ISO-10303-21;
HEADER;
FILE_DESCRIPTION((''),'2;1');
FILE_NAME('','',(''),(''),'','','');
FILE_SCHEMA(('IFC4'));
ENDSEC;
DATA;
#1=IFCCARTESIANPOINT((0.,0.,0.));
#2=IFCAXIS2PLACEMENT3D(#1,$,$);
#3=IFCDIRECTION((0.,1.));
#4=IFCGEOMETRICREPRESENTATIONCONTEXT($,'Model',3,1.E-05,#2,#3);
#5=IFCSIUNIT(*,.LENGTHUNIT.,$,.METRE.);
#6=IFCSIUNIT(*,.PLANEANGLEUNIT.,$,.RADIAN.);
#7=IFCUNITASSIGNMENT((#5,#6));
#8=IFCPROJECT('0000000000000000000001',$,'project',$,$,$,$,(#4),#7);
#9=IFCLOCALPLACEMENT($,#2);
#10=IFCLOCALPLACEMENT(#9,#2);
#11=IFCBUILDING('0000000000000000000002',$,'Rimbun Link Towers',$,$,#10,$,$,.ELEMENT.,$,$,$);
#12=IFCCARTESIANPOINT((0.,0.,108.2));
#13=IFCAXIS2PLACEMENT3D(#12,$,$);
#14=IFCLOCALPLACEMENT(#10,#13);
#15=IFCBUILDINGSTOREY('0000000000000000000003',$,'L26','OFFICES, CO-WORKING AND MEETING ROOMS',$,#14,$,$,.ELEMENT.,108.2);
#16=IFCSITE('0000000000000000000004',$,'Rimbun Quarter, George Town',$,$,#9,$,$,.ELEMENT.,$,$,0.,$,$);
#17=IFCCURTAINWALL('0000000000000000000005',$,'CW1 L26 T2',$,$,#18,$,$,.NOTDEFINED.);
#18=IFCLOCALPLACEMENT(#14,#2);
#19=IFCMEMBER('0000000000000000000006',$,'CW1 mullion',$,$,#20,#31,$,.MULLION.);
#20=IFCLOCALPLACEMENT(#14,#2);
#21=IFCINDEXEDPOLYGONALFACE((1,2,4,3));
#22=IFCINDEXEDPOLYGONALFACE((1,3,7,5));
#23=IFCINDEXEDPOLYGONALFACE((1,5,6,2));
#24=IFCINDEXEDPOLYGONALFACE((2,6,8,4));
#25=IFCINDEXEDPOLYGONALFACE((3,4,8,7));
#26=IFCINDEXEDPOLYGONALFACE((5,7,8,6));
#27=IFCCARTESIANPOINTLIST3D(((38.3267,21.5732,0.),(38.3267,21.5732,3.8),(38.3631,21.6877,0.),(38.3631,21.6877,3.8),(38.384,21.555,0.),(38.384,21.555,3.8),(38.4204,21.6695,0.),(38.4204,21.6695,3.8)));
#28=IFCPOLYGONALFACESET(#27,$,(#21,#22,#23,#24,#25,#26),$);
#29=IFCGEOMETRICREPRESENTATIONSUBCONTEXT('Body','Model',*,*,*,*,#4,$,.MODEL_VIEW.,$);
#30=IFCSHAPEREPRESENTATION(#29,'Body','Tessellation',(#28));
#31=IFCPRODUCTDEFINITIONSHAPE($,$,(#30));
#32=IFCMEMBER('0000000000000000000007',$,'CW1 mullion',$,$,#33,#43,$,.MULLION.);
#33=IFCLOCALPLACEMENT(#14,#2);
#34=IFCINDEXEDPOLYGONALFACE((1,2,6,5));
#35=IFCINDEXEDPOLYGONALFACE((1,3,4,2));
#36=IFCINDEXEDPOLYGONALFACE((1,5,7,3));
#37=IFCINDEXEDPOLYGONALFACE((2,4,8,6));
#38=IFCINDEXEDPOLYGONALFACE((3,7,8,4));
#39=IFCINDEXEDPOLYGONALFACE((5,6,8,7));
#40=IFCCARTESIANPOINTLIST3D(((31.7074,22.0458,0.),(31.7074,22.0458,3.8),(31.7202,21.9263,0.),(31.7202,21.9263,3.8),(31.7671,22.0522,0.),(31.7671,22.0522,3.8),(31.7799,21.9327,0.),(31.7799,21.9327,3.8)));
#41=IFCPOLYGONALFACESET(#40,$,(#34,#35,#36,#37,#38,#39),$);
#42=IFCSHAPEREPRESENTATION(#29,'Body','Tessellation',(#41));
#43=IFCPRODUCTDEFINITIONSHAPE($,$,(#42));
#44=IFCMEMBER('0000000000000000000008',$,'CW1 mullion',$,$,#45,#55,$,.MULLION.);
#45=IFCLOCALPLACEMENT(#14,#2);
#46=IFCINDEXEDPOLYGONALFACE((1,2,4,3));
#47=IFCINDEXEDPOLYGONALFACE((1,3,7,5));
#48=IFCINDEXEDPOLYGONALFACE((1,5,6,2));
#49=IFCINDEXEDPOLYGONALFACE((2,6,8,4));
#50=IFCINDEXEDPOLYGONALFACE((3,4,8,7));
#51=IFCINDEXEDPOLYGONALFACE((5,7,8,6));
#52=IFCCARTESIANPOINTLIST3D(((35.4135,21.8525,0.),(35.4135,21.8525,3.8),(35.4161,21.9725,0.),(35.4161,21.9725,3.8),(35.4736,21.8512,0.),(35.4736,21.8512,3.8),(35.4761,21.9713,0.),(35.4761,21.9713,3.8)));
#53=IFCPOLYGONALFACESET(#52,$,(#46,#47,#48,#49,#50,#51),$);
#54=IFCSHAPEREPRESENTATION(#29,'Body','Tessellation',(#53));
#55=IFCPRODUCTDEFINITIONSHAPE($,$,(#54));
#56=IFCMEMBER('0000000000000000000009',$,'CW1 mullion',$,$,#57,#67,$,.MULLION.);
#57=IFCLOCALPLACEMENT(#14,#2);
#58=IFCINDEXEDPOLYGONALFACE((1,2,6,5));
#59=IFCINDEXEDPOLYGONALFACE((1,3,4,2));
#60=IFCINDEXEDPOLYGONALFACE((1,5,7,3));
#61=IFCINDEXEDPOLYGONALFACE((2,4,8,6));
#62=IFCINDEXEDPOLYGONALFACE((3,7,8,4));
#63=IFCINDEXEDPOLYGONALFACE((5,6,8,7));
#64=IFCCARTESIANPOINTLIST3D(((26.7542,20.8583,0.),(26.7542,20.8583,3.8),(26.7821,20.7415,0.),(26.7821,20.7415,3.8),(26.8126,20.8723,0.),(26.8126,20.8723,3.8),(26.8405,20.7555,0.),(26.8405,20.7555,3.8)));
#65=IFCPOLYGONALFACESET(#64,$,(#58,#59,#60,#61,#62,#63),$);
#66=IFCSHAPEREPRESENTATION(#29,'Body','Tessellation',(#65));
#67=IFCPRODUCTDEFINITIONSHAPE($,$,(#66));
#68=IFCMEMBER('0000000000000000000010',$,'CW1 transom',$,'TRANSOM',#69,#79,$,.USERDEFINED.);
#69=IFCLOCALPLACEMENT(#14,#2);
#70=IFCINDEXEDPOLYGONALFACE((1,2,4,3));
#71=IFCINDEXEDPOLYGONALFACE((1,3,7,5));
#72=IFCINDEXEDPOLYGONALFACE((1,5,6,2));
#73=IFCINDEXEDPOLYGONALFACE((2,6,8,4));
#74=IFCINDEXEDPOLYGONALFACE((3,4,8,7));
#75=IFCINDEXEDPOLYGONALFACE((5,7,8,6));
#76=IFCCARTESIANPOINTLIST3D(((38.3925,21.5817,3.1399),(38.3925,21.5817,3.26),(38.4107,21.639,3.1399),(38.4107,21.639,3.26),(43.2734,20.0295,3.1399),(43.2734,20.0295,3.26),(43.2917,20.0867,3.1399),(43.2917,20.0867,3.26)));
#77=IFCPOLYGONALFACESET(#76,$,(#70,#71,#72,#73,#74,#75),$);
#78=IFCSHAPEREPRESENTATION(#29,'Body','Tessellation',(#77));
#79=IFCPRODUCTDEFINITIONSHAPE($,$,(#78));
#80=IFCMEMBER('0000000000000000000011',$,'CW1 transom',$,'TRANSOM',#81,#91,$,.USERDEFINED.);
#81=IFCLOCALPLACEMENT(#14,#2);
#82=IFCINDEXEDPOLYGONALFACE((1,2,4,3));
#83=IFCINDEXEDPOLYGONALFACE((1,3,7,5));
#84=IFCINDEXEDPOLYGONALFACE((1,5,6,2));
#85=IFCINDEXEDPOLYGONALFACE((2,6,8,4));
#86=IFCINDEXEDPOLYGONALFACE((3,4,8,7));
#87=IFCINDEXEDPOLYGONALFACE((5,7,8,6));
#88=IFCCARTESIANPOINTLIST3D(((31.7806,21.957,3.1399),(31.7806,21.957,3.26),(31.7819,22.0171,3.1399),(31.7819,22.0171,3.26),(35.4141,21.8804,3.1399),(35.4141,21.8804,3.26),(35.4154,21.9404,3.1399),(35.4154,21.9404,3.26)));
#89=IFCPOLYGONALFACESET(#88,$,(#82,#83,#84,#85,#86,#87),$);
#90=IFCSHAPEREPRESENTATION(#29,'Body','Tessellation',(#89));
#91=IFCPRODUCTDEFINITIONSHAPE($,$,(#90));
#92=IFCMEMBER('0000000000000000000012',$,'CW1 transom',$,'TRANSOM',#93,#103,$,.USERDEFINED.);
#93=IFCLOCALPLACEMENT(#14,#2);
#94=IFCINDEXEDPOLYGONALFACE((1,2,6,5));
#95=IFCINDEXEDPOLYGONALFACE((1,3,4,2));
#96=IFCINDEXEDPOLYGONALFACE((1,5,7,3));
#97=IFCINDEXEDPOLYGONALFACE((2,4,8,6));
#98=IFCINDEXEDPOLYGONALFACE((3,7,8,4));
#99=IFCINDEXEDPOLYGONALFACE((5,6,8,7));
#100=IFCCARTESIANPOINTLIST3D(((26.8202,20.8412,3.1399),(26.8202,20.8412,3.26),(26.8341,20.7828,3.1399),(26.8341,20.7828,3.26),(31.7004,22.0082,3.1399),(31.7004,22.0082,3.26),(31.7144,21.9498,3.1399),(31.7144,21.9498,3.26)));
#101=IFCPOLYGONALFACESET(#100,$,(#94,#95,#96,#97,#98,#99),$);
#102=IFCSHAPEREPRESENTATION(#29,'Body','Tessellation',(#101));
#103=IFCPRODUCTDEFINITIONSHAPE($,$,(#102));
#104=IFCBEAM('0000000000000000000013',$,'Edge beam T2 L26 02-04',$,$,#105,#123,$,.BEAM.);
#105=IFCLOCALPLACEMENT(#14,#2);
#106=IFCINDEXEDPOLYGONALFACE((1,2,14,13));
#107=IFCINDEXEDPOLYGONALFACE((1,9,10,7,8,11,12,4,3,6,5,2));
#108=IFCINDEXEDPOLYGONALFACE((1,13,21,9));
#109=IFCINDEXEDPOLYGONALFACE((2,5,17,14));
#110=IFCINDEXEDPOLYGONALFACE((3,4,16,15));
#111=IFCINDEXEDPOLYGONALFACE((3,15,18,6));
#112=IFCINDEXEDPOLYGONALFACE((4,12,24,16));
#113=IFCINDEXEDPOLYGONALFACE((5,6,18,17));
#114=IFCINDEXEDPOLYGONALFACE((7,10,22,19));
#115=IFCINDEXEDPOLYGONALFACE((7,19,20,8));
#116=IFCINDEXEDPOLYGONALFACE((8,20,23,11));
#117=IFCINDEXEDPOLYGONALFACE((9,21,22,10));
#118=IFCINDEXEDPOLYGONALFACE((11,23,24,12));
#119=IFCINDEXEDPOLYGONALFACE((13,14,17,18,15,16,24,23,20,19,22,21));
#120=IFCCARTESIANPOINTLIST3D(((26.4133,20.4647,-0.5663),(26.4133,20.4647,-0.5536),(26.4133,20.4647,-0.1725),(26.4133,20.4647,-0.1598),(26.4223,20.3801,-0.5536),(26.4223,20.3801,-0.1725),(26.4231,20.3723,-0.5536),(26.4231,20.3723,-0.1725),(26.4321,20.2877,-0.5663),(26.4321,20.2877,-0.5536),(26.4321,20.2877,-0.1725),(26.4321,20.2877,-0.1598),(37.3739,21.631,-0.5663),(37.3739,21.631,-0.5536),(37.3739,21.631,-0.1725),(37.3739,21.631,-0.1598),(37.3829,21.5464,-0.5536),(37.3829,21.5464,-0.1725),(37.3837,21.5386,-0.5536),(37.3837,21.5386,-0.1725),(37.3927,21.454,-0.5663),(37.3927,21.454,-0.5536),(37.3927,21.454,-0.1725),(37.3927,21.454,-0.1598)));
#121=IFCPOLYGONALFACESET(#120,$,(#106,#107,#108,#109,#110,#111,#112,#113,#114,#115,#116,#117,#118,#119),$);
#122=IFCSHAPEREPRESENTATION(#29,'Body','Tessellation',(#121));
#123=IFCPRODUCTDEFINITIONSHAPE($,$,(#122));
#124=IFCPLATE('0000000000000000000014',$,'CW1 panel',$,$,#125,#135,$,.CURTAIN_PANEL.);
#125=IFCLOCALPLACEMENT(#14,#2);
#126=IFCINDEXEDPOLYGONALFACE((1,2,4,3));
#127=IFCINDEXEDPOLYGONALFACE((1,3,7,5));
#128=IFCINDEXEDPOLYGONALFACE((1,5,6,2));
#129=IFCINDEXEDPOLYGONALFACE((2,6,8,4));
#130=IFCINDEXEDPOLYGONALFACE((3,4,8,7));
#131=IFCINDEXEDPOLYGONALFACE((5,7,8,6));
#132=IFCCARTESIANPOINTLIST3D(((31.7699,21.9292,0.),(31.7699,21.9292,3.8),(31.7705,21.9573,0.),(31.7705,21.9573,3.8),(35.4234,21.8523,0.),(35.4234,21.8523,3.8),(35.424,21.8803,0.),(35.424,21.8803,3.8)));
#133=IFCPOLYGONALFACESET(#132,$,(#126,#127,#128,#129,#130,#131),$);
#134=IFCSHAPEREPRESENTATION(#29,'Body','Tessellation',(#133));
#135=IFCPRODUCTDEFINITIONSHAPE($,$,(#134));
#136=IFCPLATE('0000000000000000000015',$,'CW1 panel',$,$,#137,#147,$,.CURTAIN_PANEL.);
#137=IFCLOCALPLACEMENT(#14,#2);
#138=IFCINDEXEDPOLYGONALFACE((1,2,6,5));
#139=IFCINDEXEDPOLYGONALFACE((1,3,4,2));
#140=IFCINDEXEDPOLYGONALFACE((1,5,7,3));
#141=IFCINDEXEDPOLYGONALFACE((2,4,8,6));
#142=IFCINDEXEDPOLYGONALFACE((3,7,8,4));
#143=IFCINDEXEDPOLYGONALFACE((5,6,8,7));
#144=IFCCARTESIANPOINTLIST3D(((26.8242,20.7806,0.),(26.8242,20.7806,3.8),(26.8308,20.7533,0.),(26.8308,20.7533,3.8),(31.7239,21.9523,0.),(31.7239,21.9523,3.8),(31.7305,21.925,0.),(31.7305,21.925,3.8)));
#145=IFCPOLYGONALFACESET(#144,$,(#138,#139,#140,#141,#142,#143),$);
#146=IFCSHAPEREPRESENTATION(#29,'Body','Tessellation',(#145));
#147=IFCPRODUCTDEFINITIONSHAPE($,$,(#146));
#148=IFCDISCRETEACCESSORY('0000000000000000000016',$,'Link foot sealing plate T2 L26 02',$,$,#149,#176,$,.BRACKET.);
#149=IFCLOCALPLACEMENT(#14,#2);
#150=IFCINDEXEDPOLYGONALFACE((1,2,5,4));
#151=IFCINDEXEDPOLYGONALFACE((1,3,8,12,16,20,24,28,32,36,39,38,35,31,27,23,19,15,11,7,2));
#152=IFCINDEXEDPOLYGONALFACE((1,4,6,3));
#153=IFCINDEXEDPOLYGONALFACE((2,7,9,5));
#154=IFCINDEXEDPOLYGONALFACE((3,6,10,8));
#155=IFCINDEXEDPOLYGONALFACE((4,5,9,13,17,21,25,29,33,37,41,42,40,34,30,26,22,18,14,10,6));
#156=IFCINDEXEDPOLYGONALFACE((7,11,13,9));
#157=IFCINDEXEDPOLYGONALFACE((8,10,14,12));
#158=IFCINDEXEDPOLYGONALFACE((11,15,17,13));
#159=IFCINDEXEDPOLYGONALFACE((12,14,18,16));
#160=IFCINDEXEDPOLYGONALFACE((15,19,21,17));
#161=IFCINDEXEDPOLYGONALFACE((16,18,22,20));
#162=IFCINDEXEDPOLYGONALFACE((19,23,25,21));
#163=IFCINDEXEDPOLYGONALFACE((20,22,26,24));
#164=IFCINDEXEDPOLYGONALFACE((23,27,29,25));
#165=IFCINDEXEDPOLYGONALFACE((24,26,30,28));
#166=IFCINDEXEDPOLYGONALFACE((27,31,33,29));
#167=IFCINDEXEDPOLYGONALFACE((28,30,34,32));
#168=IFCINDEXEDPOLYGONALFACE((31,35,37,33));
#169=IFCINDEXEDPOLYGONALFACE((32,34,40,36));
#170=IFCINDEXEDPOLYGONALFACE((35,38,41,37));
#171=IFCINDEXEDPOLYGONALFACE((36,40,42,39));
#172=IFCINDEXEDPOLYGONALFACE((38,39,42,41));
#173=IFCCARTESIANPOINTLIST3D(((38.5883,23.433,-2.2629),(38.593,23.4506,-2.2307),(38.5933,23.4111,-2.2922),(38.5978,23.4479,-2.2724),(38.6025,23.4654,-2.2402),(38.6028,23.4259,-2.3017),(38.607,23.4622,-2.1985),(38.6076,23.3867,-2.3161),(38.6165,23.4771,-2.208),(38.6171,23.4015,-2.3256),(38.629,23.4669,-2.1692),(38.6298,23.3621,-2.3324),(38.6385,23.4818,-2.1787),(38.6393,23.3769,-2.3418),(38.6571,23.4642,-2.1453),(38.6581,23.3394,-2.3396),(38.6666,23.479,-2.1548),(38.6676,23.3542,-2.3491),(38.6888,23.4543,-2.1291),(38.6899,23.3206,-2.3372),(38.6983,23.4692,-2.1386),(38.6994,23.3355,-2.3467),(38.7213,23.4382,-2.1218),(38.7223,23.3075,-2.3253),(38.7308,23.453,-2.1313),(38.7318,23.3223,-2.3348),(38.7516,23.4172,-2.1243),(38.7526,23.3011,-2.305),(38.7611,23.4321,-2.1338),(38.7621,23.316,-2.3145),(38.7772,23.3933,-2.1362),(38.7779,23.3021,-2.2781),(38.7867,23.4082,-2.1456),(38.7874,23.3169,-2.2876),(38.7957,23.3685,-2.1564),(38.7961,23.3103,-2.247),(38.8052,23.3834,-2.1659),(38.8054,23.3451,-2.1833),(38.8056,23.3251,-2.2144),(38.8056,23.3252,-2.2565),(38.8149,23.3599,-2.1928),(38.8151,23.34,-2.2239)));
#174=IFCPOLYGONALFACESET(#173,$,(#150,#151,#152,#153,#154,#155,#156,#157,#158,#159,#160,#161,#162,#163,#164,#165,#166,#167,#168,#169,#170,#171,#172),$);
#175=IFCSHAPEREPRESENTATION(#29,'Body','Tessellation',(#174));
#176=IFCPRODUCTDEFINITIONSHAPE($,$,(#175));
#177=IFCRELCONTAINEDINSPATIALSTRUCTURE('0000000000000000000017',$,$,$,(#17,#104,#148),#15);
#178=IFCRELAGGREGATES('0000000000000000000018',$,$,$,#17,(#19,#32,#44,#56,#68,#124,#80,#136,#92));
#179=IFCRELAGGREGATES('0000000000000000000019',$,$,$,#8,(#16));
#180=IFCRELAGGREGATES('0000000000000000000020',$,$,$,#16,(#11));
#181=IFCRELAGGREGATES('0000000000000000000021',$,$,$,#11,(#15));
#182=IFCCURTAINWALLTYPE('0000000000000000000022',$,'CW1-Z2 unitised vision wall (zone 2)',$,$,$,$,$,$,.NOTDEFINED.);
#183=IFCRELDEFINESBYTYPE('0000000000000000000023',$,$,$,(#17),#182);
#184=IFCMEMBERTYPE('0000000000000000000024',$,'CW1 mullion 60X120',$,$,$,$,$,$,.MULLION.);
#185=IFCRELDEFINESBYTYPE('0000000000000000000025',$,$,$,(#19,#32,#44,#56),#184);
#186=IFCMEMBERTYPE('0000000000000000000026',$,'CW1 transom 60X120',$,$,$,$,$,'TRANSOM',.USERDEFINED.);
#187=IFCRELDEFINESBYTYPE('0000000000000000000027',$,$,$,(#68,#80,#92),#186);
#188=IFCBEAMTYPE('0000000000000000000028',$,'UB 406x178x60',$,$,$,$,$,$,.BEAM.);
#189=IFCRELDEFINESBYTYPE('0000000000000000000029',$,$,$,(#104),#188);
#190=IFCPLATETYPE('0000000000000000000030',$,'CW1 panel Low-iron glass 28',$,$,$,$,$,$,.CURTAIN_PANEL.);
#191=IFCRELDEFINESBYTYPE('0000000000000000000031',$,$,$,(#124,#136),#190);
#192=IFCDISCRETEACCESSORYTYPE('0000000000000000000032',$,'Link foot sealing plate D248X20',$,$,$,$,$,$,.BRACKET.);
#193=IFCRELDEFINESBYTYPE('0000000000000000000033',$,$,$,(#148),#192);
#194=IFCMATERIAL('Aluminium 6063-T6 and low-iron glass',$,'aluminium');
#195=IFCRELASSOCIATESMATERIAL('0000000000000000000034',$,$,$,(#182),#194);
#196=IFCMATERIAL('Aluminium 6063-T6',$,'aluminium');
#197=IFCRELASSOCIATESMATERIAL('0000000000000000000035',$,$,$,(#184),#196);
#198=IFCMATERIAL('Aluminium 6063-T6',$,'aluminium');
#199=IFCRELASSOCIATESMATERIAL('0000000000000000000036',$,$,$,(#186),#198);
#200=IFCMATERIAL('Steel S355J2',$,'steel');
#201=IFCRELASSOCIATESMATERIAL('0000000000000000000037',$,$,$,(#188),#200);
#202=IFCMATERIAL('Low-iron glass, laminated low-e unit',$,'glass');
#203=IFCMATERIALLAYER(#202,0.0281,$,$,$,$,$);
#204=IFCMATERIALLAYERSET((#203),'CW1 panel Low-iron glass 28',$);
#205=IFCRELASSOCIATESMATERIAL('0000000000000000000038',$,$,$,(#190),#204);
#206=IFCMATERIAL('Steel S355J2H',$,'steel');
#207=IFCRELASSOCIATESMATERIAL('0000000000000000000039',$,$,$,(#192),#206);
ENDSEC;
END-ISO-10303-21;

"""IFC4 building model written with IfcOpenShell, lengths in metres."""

from ifc_helpers import new_model, si_unit, direction, frame, origin, origin_2d, place, context, subcontext, project, spatial, rectangle, circle, i_section, extrude, material, layer, layer_set, material_profile, profile_set, type_object, element, aggregate, save


model = new_model("IFC4")

# Units and contexts
model_context = context("Model", 3, precision=1e-05, world=origin(), true_north=direction((0.0, 1.0)))
body_context = subcontext(model_context, "Body", "Model", "MODEL_VIEW")
ifc_project = project(units=[si_unit("LENGTHUNIT", "METRE"), si_unit("PLANEANGLEUNIT", "RADIAN")], contexts=[model_context])

# Site, building, storey
site_placement = place(None, origin())
site = spatial("IfcSite", under=ifc_project, at=site_placement, Name="Rimbun Quarter, George Town", CompositionType="ELEMENT", RefElevation=0.0)
building_placement = place(site_placement, origin())
building = spatial("IfcBuilding", under=site, at=building_placement, Name="Rimbun Link Towers", CompositionType="ELEMENT")
storey_placement = place(building_placement, frame((0.0, 0.0, 108.2)))
storey = spatial("IfcBuildingStorey", under=building, at=storey_placement, Name="L26", Description="OFFICES, CO-WORKING AND MEETING ROOMS", CompositionType="ELEMENT", Elevation=108.2)

# Curtain wall, members
ifc_material_1 = material(Name="Aluminium 6063-T6 and low-iron glass", Category="aluminium")
curtain_wall_type = type_object("IfcCurtainWallType", Name="CW1-Z2 unitised vision wall (zone 2)", PredefinedType="NOTDEFINED", material=ifc_material_1)
curtain_wall_placement = place(storey_placement, origin())
curtain_wall = element("IfcCurtainWall", 1, at=curtain_wall_placement, inside=storey, type_object=curtain_wall_type, Name="CW1 L26 T2", PredefinedType="NOTDEFINED")
ifc_material_2 = material(Name="Aluminium 6063-T6", Category="aluminium")
ifc_material_profile_1 = material_profile(ifc_material_2, rectangle(XDim=0.1201, YDim=0.0601, at=origin_2d()), Name="MULLION 60X120")
ifc_profile_set_1 = profile_set([ifc_material_profile_1], Name="Aluminium 6063-T6")
member_type_1 = type_object("IfcMemberType", Name="CW1 mullion 60X120", PredefinedType="MULLION", material=ifc_profile_set_1)
member_1_placement = place(storey_placement, frame((38.3735, 21.6213, 0.0), z_axis=(0.0, 0.0, 1.0), x_axis=(0.303057, 0.952972, 0.0)))
member_1 = element("IfcMember", 2, at=member_1_placement, type_object=member_type_1, Name="CW1 mullion", PredefinedType="MULLION", context=body_context, shape_type="SweptSolid", body=[
    extrude(rectangle(XDim=0.1201, YDim=0.0601, at=origin_2d()), origin(), (0.0, 0.0, 1.0), 3.8),
])
member_2_placement = place(storey_placement, frame((31.7437, 21.9893, 0.0), z_axis=(0.0, 0.0, 1.0), x_axis=(-0.106632, 0.994299, 0.0)))
member_2 = element("IfcMember", 3, at=member_2_placement, type_object=member_type_1, Name="CW1 mullion", PredefinedType="MULLION", context=body_context, shape_type="SweptSolid", body=[
    extrude(rectangle(XDim=0.1201, YDim=0.0601, at=origin_2d()), origin(), (0.0, 0.0, 1.0), 3.8),
])
member_3_placement = place(storey_placement, frame((35.4448, 21.9119, 0.0), z_axis=(0.0, 0.0, 1.0), x_axis=(0.021063, 0.999778, 0.0)))
member_3 = element("IfcMember", 4, at=member_3_placement, type_object=member_type_1, Name="CW1 mullion", PredefinedType="MULLION", context=body_context, shape_type="SweptSolid", body=[
    extrude(rectangle(XDim=0.1201, YDim=0.0601, at=origin_2d()), origin(), (0.0, 0.0, 1.0), 3.8),
])
member_4_placement = place(storey_placement, frame((26.7974, 20.8069, 0.0), z_axis=(0.0, 0.0, 1.0), x_axis=(-0.232586, 0.972576, 0.0)))
member_4 = element("IfcMember", 5, at=member_4_placement, type_object=member_type_1, Name="CW1 mullion", PredefinedType="MULLION", context=body_context, shape_type="SweptSolid", body=[
    extrude(rectangle(XDim=0.1201, YDim=0.0601, at=origin_2d()), origin(), (0.0, 0.0, 1.0), 3.8),
])
ifc_material_3 = material(Name="Aluminium 6063-T6", Category="aluminium")
ifc_material_profile_2 = material_profile(ifc_material_3, rectangle(XDim=0.0601, YDim=0.1201, at=origin_2d()), Name="TRANSOM 60X120")
ifc_profile_set_2 = profile_set([ifc_material_profile_2], Name="Aluminium 6063-T6")
member_type_2 = type_object("IfcMemberType", Name="CW1 transom 60X120", ElementType="TRANSOM", PredefinedType="USERDEFINED", material=ifc_profile_set_2)
member_5_placement = place(storey_placement, frame((38.4016, 21.6104, 3.2), z_axis=(0.952968, -0.30307, 0.0), x_axis=(0.30307, 0.952968, 0.0)))
member_5 = element("IfcMember", 6, at=member_5_placement, type_object=member_type_2, Name="CW1 transom", ObjectType="TRANSOM", PredefinedType="USERDEFINED", context=body_context, shape_type="SweptSolid", body=[
    extrude(rectangle(XDim=0.0601, YDim=0.1201, at=origin_2d()), origin(), (0.0, 0.0, 1.0), 5.1218),
])
member_6_placement = place(storey_placement, frame((31.7812, 21.9871, 3.2), z_axis=(0.999778, -0.021093, 0.0), x_axis=(0.021093, 0.999778, 0.0)))
member_6 = element("IfcMember", 7, at=member_6_placement, type_object=member_type_2, Name="CW1 transom", ObjectType="TRANSOM", PredefinedType="USERDEFINED", context=body_context, shape_type="SweptSolid", body=[
    extrude(rectangle(XDim=0.0601, YDim=0.1201, at=origin_2d()), origin(), (0.0, 0.0, 1.0), 3.6343),
])
member_7_placement = place(storey_placement, frame((26.8271, 20.812, 3.2), z_axis=(0.972579, 0.232574, 0.0), x_axis=(-0.232574, 0.972579, 0.0)))
member_7 = element("IfcMember", 8, at=member_7_placement, type_object=member_type_2, Name="CW1 transom", ObjectType="TRANSOM", PredefinedType="USERDEFINED", context=body_context, shape_type="SweptSolid", body=[
    extrude(rectangle(XDim=0.0601, YDim=0.1201, at=origin_2d()), origin(), (0.0, 0.0, 1.0), 5.0178),
])

# Beam
ifc_material_4 = material(Name="Steel S355J2", Category="steel")
ifc_material_profile_3 = material_profile(ifc_material_4, i_section(OverallWidth=0.178, OverallDepth=0.4065, WebThickness=0.0078, FlangeThickness=0.0127, at=origin_2d()), Name="UB 406x178x60")
ifc_profile_set_3 = profile_set([ifc_material_profile_3], Name="Steel S355J2")
beam_type = type_object("IfcBeamType", Name="UB 406x178x60", PredefinedType="BEAM", material=ifc_profile_set_3)
beam_placement = place(storey_placement, frame((37.3833, 21.5425, -0.363), z_axis=(-0.994387, -0.105807, 0.0), x_axis=(0.105807, -0.994387, 0.0)))
element("IfcBeam", 9, at=beam_placement, inside=storey, type_object=beam_type, Name="Edge beam T2 L26 02-04", PredefinedType="BEAM", context=body_context, shape_type="SweptSolid", body=[
    extrude(i_section(OverallWidth=0.178, OverallDepth=0.4065, WebThickness=0.0078, FlangeThickness=0.0127, at=origin_2d()), origin(), (0.0, 0.0, 1.0), 11.0225),
])

# Plates
ifc_material_5 = material(Name="Low-iron glass, laminated low-e unit", Category="glass")
ifc_layer = layer(ifc_material_5, 0.0281)
ifc_layer_set = layer_set([ifc_layer], Name="CW1 panel Low-iron glass 28")
plate_type = type_object("IfcPlateType", Name="CW1 panel Low-iron glass 28", PredefinedType="CURTAIN_PANEL", material=ifc_layer_set)
plate_1_placement = place(storey_placement, frame((33.5969, 21.9048, 0.0), z_axis=(0.0, 0.0, 1.0), x_axis=(0.999778, -0.021063, 0.0)))
plate_1 = element("IfcPlate", 10, at=plate_1_placement, type_object=plate_type, Name="CW1 panel", PredefinedType="CURTAIN_PANEL", context=body_context, shape_type="SweptSolid", body=[
    extrude(rectangle(XDim=3.6543, YDim=0.0281, at=origin_2d()), origin(), (0.0, 0.0, 1.0), 3.8),
])
plate_2_placement = place(storey_placement, frame((29.2773, 21.3528, 0.0), z_axis=(0.0, 0.0, 1.0), x_axis=(0.972576, 0.232586, 0.0)))
plate_2 = element("IfcPlate", 11, at=plate_2_placement, type_object=plate_type, Name="CW1 panel", PredefinedType="CURTAIN_PANEL", context=body_context, shape_type="SweptSolid", body=[
    extrude(rectangle(XDim=5.0378, YDim=0.0281, at=origin_2d()), origin(), (0.0, 0.0, 1.0), 3.8),
])
aggregate(curtain_wall, [member_1, member_2, member_3, member_4, member_5, plate_1, member_6, plate_2, member_7])

# Discrete accessory
ifc_material_6 = material(Name="Steel S355J2H", Category="steel")
ifc_material_profile_4 = material_profile(ifc_material_6, circle(Radius=0.124, at=origin_2d()), Name="PL D248")
ifc_profile_set_4 = profile_set([ifc_material_profile_4], Name="Steel S355J2H")
discrete_accessory_type = type_object("IfcDiscreteAccessoryType", Name="Link foot sealing plate D248X20", PredefinedType="BRACKET", material=ifc_profile_set_4)
discrete_accessory_placement = place(storey_placement, frame((38.6975, 23.3838, -2.2307), z_axis=(0.474236, 0.741754, -0.474236), x_axis=(-0.842522, 0.538662, 0.0)))
element("IfcDiscreteAccessory", 12, at=discrete_accessory_placement, inside=storey, type_object=discrete_accessory_type, Name="Link foot sealing plate T2 L26 02", PredefinedType="BRACKET", context=body_context, shape_type="SweptSolid", body=[
    extrude(circle(Radius=0.124, at=origin_2d()), origin(), (0.0, 0.0, 1.0), 0.02),
])

save(model, "model.ifc")
